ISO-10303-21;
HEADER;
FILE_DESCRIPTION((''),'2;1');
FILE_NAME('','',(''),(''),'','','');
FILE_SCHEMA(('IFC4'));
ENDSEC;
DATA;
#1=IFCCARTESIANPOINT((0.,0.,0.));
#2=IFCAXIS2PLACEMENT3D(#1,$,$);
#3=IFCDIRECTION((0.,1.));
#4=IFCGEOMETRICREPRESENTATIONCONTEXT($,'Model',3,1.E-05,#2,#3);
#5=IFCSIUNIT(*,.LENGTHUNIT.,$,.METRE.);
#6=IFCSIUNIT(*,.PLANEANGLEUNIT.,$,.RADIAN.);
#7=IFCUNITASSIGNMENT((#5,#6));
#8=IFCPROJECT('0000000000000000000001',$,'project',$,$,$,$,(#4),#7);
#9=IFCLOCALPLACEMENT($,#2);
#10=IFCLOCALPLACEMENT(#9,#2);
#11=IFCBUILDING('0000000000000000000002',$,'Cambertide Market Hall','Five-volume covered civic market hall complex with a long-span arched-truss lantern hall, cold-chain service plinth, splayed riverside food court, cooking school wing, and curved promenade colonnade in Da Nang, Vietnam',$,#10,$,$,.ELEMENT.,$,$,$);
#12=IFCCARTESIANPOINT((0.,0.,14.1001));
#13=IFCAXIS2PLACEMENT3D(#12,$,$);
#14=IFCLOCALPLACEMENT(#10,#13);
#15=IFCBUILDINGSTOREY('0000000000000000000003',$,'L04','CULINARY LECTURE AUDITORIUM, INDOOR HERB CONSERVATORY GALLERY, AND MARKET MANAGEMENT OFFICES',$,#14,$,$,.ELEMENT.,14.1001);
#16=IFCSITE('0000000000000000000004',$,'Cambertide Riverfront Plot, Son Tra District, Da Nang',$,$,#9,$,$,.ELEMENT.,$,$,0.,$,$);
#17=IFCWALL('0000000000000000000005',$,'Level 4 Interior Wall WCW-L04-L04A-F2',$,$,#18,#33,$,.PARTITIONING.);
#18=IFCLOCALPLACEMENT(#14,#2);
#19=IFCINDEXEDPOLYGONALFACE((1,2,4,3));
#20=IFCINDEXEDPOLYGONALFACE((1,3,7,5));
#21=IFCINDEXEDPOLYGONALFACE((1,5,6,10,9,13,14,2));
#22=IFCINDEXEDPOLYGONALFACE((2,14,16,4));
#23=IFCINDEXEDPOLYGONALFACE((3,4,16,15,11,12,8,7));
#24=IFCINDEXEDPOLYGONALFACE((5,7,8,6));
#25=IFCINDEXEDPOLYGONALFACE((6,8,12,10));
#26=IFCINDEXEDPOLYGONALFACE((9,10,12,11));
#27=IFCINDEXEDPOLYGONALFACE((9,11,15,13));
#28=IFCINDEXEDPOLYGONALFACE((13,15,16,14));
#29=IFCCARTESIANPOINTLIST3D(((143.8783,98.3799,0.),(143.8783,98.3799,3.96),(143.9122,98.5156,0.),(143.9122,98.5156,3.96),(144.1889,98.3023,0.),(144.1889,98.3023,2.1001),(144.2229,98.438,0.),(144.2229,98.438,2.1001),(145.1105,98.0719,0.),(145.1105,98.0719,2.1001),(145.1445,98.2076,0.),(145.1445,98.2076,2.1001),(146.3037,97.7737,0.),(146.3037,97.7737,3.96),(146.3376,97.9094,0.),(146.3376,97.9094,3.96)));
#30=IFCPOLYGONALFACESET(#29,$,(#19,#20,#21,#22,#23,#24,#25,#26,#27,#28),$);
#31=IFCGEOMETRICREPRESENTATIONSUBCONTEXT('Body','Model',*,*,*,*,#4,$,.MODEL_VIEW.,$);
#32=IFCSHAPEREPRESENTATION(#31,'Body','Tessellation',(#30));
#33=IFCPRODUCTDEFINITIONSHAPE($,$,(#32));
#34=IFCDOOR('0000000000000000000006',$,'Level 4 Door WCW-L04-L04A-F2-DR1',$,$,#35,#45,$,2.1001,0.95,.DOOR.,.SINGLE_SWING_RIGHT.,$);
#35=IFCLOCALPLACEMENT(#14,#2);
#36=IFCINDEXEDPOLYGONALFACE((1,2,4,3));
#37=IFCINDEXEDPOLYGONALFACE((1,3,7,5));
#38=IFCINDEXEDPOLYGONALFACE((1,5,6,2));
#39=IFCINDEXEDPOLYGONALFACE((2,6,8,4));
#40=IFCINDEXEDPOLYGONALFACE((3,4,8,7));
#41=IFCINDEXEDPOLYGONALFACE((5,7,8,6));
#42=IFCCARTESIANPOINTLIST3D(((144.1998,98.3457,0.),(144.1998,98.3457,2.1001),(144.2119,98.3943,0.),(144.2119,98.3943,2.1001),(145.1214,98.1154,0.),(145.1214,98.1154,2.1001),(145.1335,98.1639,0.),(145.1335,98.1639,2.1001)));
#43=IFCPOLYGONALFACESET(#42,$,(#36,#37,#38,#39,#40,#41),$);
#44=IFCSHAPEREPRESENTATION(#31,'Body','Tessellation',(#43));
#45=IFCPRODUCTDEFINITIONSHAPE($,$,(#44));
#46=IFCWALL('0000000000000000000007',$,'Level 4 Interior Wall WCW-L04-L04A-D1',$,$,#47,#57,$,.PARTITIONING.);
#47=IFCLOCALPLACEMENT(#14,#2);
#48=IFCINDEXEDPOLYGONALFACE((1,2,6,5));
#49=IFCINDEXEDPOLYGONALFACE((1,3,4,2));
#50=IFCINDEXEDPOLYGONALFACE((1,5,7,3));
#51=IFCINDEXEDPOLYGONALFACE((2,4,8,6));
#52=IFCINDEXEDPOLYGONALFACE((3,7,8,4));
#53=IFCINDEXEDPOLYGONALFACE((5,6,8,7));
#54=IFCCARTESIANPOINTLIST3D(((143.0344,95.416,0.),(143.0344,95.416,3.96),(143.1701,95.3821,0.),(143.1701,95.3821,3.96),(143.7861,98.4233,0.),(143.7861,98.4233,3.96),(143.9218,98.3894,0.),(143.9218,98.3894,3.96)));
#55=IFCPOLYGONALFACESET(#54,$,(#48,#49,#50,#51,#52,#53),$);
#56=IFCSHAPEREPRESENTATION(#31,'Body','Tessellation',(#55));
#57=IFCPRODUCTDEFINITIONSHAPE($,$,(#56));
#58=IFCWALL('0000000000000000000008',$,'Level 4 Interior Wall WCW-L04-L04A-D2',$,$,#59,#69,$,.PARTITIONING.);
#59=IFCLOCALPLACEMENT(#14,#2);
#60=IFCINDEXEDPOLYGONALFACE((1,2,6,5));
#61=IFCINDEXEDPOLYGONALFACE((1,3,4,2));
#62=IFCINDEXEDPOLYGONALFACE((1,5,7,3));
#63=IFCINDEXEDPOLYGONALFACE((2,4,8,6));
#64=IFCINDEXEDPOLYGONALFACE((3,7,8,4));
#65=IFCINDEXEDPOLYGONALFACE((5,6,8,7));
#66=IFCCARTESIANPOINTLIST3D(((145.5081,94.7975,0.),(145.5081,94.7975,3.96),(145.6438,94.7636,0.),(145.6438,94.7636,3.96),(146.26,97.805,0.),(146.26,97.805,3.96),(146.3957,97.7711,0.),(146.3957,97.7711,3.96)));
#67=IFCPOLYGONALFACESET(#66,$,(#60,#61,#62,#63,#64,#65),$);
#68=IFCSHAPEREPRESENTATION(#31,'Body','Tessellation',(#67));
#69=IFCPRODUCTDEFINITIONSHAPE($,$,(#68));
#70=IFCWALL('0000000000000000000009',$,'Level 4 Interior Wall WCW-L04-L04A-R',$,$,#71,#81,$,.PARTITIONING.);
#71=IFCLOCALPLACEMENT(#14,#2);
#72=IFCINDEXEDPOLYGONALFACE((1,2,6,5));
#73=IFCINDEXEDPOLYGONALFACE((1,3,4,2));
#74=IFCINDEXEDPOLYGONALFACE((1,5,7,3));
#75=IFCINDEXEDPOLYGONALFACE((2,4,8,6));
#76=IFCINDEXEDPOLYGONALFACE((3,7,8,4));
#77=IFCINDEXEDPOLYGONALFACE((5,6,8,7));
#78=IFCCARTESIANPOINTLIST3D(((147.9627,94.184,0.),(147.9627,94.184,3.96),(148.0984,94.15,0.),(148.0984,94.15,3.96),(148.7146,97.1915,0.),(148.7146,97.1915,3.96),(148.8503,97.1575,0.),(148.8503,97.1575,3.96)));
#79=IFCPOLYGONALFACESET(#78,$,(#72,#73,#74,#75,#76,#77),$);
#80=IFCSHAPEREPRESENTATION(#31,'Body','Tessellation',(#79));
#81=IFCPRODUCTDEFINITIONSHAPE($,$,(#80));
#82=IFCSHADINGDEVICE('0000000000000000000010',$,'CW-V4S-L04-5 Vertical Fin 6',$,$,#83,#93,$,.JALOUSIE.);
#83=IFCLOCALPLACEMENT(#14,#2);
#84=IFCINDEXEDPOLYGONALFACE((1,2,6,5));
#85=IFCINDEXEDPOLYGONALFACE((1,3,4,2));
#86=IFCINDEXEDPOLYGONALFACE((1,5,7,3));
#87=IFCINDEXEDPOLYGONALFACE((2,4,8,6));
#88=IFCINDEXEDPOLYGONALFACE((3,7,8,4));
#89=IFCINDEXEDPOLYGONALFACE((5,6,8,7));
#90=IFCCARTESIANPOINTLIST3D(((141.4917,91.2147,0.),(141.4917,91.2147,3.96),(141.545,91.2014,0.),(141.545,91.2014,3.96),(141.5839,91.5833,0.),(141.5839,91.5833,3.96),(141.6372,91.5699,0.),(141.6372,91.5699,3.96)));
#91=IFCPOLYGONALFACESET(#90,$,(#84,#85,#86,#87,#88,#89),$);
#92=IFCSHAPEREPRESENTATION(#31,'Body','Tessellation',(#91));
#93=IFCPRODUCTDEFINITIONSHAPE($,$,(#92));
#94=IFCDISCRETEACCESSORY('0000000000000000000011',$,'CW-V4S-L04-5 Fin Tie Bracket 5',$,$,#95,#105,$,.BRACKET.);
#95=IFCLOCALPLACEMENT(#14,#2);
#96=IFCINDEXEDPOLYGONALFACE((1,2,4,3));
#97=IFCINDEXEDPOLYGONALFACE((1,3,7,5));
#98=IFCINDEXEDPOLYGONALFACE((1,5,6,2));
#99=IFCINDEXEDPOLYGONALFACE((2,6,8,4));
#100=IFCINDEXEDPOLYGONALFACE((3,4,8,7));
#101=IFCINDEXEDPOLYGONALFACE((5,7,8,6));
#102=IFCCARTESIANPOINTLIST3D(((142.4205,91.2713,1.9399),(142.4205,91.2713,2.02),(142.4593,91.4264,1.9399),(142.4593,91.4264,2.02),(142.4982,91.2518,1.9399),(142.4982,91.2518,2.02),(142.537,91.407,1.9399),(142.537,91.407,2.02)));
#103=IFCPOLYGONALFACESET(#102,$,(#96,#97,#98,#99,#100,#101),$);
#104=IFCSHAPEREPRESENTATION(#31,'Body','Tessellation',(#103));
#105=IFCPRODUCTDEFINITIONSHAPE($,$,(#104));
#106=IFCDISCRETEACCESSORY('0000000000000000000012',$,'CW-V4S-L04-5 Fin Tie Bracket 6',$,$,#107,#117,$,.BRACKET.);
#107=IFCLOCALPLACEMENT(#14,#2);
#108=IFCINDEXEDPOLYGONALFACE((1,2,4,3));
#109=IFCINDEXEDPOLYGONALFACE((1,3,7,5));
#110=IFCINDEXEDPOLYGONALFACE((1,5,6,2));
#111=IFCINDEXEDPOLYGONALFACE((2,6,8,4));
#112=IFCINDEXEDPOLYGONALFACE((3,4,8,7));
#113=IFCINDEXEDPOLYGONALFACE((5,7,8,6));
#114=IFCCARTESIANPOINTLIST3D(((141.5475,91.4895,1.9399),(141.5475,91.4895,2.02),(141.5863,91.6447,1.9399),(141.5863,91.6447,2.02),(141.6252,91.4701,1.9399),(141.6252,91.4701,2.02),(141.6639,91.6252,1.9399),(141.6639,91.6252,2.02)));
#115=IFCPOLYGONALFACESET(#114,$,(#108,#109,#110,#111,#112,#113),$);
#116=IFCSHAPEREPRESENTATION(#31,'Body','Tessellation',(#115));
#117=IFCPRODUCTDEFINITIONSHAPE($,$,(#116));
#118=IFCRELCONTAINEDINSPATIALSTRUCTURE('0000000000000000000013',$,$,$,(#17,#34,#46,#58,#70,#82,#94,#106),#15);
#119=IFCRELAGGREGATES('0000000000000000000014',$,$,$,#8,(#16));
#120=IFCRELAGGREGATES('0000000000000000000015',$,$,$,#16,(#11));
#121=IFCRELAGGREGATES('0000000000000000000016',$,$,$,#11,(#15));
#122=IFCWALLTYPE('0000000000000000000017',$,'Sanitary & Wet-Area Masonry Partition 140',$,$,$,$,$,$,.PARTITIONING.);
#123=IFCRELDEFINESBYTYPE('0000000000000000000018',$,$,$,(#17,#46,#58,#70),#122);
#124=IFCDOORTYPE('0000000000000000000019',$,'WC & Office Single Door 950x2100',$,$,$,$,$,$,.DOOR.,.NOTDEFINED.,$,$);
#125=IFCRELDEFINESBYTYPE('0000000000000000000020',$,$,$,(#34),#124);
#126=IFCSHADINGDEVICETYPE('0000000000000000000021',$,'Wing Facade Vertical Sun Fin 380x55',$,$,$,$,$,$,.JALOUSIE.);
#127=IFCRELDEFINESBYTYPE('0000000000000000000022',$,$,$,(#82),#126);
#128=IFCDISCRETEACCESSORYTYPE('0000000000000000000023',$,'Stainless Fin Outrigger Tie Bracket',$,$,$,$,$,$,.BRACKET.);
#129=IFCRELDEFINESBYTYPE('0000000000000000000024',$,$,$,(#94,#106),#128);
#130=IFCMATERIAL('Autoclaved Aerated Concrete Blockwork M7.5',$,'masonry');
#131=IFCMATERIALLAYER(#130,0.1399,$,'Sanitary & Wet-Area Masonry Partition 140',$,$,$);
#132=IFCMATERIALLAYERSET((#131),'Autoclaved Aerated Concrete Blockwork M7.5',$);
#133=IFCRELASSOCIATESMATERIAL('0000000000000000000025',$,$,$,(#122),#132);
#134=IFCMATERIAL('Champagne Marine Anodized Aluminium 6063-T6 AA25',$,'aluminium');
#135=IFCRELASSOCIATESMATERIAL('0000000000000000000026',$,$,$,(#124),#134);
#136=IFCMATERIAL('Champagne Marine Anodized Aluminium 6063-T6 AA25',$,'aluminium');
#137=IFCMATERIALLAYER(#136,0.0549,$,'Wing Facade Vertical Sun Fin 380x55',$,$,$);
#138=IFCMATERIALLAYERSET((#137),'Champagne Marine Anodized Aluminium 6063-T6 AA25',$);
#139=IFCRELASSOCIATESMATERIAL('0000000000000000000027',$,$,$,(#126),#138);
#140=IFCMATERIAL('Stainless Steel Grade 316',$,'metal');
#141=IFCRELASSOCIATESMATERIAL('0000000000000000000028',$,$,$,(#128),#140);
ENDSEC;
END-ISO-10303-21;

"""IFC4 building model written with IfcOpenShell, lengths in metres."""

from ifc_helpers import new_model, si_unit, direction, frame, frame_2d, origin, origin_2d, place, context, subcontext, project, spatial, rectangle, extrude, material, layer, layer_set, type_object, element, fill, save


model = new_model("IFC4")

# Units and contexts
model_context = context("Model", 3, precision=1e-05, world=origin(), true_north=direction((0.0, 1.0)))
body_context = subcontext(model_context, "Body", "Model", "MODEL_VIEW")
ifc_project = project(units=[si_unit("LENGTHUNIT", "METRE"), si_unit("PLANEANGLEUNIT", "RADIAN")], contexts=[model_context])

# Site, building, storey
site_placement = place(None, origin())
site = spatial("IfcSite", under=ifc_project, at=site_placement, Name="Cambertide Riverfront Plot, Son Tra District, Da Nang", CompositionType="ELEMENT", RefElevation=0.0)
building_placement = place(site_placement, origin())
building = spatial("IfcBuilding", under=site, at=building_placement, Name="Cambertide Market Hall", Description="Five-volume covered civic market hall complex with a long-span arched-truss lantern hall, cold-chain service plinth, splayed riverside food court, cooking school wing, and curved promenade colonnade in Da Nang, Vietnam", CompositionType="ELEMENT")
storey_placement = place(building_placement, frame((0.0, 0.0, 14.1001)))
storey = spatial("IfcBuildingStorey", under=building, at=storey_placement, Name="L04", Description="CULINARY LECTURE AUDITORIUM, INDOOR HERB CONSERVATORY GALLERY, AND MARKET MANAGEMENT OFFICES", CompositionType="ELEMENT", Elevation=14.1001)

# Wall, opening, door
ifc_material_1 = material(Name="Autoclaved Aerated Concrete Blockwork M7.5", Category="masonry")
ifc_layer_1 = layer(ifc_material_1, 0.1399, Name="Sanitary & Wet-Area Masonry Partition 140")
ifc_layer_set_1 = layer_set([ifc_layer_1], Name="Autoclaved Aerated Concrete Blockwork M7.5")
wall_type = type_object("IfcWallType", Name="Sanitary & Wet-Area Masonry Partition 140", PredefinedType="PARTITIONING", material=ifc_layer_set_1)
wall_1_placement = place(storey_placement, frame((143.8953, 98.4478, 0.0), z_axis=(0.0, 0.0, 1.0), x_axis=(0.970154, -0.24249, 0.0)))
wall_1 = element("IfcWall", 1, at=wall_1_placement, inside=storey, type_object=wall_type, Name="Level 4 Interior Wall WCW-L04-L04A-F2", PredefinedType="PARTITIONING", context=body_context, shape_type="SweptSolid", body=[
    extrude(rectangle(XDim=2.5, YDim=0.1399, at=frame_2d((1.25, 0.0))), origin(), (0.0, 0.0, 1.0), 3.96),
])
opening_1_placement = place(wall_1_placement, frame((0.3201, 0.0, 0.0)))
opening_1 = element("IfcOpeningElement", 2, at=opening_1_placement, cuts=wall_1, PredefinedType="OPENING", context=body_context, shape_type="SweptSolid", body=[
    extrude(rectangle(XDim=0.95, YDim=2.1001, at=frame_2d((0.4751, 1.05))), frame((0.0, 0.0798, 0.0), z_axis=(0.0, -1.0, 0.0), x_axis=(1.0, 0.0, 0.0)), (0.0, 0.0, 1.0), 0.1599),
])
ifc_material_2 = material(Name="Champagne Marine Anodized Aluminium 6063-T6 AA25", Category="aluminium")
door_type_1 = type_object("IfcDoorType", Name="WC & Office Single Door 950x2100", OperationType="NOTDEFINED", PredefinedType="DOOR", material=ifc_material_2)
door_1_placement = place(opening_1_placement, origin())
door_1 = element("IfcDoor", 3, at=door_1_placement, inside=storey, type_object=door_type_1, Name="Level 4 Door WCW-L04-L04A-F2-DR1", OperationType="SINGLE_SWING_RIGHT", OverallHeight=2.1001, OverallWidth=0.95, PredefinedType="DOOR", context=body_context, shape_type="SweptSolid", body=[
    extrude(rectangle(XDim=0.95, YDim=2.1001, at=frame_2d((0.4751, 1.05))), frame((0.0, 0.0249, 0.0), z_axis=(0.0, -1.0, 0.0), x_axis=(1.0, 0.0, 0.0)), (0.0, 0.0, 1.0), 0.05),
])
fill(opening_1, door_1)

# Walls
wall_2_placement = place(storey_placement, frame((143.1023, 95.3992, 0.0), z_axis=(0.0, 0.0, 1.0), x_axis=(0.242499, 0.970152, 0.0)))
element("IfcWall", 4, at=wall_2_placement, inside=storey, type_object=wall_type, Name="Level 4 Interior Wall WCW-L04-L04A-D1", PredefinedType="PARTITIONING", context=body_context, shape_type="SweptSolid", body=[
    extrude(rectangle(XDim=3.0999, YDim=0.1399, at=frame_2d((1.5498, 0.0))), origin(), (0.0, 0.0, 1.0), 3.96),
])
for number, where, z_axis, x_axis, name in (
    (5, (145.5759, 94.7805, 0.0), (0.0, 0.0, 1.0), (0.242554, 0.970138, 0.0), "Level 4 Interior Wall WCW-L04-L04A-D2"),
    (6, (148.0305, 94.167, 0.0), (0.0, 0.0, 1.0), (0.242554, 0.970138, 0.0), "Level 4 Interior Wall WCW-L04-L04A-R"),
):
    element("IfcWall", number, at=place(storey_placement, frame(where, z_axis=z_axis, x_axis=x_axis)), inside=storey, type_object=wall_type, Name=name, PredefinedType="PARTITIONING", context=body_context, shape_type="SweptSolid", body=[
        extrude(rectangle(XDim=3.1001, YDim=0.1399, at=frame_2d((1.55, 0.0))), origin(), (0.0, 0.0, 1.0), 3.96),
    ])

# Shading device
ifc_material_3 = material(Name="Champagne Marine Anodized Aluminium 6063-T6 AA25", Category="aluminium")
ifc_layer_2 = layer(ifc_material_3, 0.0549, Name="Wing Facade Vertical Sun Fin 380x55")
ifc_layer_set_2 = layer_set([ifc_layer_2], Name="Champagne Marine Anodized Aluminium 6063-T6 AA25")
shading_device_type = type_object("IfcShadingDeviceType", Name="Wing Facade Vertical Sun Fin 380x55", PredefinedType="JALOUSIE", material=ifc_layer_set_2)
shading_device_placement = place(storey_placement, frame((141.5645, 91.3923, 0.0), z_axis=(0.0, 0.0, 1.0), x_axis=(-0.970143, 0.242535, 0.0)))
element("IfcShadingDevice", 7, at=shading_device_placement, inside=storey, type_object=shading_device_type, Name="CW-V4S-L04-5 Vertical Fin 6", PredefinedType="JALOUSIE", context=body_context, shape_type="SweptSolid", body=[
    extrude(rectangle(XDim=0.0549, YDim=0.3799, at=origin_2d()), origin(), (0.0, 0.0, 1.0), 3.96),
])

# Discrete accessories
ifc_material_4 = material(Name="Stainless Steel Grade 316", Category="metal")
discrete_accessory_type = type_object("IfcDiscreteAccessoryType", Name="Stainless Fin Outrigger Tie Bracket", PredefinedType="BRACKET", material=ifc_material_4)
for number, where, z_axis, x_axis, name in (
    (8, (142.4788, 91.3391, 1.9399), (0.0, 0.0, 1.0), (-0.970143, 0.242535, 0.0), "CW-V4S-L04-5 Fin Tie Bracket 5"),
    (9, (141.6057, 91.5574, 1.9399), (0.0, 0.0, 1.0), (-0.970143, 0.242535, 0.0), "CW-V4S-L04-5 Fin Tie Bracket 6"),
):
    element("IfcDiscreteAccessory", number, at=place(storey_placement, frame(where, z_axis=z_axis, x_axis=x_axis)), inside=storey, type_object=discrete_accessory_type, Name=name, PredefinedType="BRACKET", context=body_context, shape_type="SweptSolid", body=[
        extrude(rectangle(XDim=0.0801, YDim=0.1599, at=origin_2d()), origin(), (0.0, 0.0, 1.0), 0.0801),
    ])

save(model, "model.ifc")
